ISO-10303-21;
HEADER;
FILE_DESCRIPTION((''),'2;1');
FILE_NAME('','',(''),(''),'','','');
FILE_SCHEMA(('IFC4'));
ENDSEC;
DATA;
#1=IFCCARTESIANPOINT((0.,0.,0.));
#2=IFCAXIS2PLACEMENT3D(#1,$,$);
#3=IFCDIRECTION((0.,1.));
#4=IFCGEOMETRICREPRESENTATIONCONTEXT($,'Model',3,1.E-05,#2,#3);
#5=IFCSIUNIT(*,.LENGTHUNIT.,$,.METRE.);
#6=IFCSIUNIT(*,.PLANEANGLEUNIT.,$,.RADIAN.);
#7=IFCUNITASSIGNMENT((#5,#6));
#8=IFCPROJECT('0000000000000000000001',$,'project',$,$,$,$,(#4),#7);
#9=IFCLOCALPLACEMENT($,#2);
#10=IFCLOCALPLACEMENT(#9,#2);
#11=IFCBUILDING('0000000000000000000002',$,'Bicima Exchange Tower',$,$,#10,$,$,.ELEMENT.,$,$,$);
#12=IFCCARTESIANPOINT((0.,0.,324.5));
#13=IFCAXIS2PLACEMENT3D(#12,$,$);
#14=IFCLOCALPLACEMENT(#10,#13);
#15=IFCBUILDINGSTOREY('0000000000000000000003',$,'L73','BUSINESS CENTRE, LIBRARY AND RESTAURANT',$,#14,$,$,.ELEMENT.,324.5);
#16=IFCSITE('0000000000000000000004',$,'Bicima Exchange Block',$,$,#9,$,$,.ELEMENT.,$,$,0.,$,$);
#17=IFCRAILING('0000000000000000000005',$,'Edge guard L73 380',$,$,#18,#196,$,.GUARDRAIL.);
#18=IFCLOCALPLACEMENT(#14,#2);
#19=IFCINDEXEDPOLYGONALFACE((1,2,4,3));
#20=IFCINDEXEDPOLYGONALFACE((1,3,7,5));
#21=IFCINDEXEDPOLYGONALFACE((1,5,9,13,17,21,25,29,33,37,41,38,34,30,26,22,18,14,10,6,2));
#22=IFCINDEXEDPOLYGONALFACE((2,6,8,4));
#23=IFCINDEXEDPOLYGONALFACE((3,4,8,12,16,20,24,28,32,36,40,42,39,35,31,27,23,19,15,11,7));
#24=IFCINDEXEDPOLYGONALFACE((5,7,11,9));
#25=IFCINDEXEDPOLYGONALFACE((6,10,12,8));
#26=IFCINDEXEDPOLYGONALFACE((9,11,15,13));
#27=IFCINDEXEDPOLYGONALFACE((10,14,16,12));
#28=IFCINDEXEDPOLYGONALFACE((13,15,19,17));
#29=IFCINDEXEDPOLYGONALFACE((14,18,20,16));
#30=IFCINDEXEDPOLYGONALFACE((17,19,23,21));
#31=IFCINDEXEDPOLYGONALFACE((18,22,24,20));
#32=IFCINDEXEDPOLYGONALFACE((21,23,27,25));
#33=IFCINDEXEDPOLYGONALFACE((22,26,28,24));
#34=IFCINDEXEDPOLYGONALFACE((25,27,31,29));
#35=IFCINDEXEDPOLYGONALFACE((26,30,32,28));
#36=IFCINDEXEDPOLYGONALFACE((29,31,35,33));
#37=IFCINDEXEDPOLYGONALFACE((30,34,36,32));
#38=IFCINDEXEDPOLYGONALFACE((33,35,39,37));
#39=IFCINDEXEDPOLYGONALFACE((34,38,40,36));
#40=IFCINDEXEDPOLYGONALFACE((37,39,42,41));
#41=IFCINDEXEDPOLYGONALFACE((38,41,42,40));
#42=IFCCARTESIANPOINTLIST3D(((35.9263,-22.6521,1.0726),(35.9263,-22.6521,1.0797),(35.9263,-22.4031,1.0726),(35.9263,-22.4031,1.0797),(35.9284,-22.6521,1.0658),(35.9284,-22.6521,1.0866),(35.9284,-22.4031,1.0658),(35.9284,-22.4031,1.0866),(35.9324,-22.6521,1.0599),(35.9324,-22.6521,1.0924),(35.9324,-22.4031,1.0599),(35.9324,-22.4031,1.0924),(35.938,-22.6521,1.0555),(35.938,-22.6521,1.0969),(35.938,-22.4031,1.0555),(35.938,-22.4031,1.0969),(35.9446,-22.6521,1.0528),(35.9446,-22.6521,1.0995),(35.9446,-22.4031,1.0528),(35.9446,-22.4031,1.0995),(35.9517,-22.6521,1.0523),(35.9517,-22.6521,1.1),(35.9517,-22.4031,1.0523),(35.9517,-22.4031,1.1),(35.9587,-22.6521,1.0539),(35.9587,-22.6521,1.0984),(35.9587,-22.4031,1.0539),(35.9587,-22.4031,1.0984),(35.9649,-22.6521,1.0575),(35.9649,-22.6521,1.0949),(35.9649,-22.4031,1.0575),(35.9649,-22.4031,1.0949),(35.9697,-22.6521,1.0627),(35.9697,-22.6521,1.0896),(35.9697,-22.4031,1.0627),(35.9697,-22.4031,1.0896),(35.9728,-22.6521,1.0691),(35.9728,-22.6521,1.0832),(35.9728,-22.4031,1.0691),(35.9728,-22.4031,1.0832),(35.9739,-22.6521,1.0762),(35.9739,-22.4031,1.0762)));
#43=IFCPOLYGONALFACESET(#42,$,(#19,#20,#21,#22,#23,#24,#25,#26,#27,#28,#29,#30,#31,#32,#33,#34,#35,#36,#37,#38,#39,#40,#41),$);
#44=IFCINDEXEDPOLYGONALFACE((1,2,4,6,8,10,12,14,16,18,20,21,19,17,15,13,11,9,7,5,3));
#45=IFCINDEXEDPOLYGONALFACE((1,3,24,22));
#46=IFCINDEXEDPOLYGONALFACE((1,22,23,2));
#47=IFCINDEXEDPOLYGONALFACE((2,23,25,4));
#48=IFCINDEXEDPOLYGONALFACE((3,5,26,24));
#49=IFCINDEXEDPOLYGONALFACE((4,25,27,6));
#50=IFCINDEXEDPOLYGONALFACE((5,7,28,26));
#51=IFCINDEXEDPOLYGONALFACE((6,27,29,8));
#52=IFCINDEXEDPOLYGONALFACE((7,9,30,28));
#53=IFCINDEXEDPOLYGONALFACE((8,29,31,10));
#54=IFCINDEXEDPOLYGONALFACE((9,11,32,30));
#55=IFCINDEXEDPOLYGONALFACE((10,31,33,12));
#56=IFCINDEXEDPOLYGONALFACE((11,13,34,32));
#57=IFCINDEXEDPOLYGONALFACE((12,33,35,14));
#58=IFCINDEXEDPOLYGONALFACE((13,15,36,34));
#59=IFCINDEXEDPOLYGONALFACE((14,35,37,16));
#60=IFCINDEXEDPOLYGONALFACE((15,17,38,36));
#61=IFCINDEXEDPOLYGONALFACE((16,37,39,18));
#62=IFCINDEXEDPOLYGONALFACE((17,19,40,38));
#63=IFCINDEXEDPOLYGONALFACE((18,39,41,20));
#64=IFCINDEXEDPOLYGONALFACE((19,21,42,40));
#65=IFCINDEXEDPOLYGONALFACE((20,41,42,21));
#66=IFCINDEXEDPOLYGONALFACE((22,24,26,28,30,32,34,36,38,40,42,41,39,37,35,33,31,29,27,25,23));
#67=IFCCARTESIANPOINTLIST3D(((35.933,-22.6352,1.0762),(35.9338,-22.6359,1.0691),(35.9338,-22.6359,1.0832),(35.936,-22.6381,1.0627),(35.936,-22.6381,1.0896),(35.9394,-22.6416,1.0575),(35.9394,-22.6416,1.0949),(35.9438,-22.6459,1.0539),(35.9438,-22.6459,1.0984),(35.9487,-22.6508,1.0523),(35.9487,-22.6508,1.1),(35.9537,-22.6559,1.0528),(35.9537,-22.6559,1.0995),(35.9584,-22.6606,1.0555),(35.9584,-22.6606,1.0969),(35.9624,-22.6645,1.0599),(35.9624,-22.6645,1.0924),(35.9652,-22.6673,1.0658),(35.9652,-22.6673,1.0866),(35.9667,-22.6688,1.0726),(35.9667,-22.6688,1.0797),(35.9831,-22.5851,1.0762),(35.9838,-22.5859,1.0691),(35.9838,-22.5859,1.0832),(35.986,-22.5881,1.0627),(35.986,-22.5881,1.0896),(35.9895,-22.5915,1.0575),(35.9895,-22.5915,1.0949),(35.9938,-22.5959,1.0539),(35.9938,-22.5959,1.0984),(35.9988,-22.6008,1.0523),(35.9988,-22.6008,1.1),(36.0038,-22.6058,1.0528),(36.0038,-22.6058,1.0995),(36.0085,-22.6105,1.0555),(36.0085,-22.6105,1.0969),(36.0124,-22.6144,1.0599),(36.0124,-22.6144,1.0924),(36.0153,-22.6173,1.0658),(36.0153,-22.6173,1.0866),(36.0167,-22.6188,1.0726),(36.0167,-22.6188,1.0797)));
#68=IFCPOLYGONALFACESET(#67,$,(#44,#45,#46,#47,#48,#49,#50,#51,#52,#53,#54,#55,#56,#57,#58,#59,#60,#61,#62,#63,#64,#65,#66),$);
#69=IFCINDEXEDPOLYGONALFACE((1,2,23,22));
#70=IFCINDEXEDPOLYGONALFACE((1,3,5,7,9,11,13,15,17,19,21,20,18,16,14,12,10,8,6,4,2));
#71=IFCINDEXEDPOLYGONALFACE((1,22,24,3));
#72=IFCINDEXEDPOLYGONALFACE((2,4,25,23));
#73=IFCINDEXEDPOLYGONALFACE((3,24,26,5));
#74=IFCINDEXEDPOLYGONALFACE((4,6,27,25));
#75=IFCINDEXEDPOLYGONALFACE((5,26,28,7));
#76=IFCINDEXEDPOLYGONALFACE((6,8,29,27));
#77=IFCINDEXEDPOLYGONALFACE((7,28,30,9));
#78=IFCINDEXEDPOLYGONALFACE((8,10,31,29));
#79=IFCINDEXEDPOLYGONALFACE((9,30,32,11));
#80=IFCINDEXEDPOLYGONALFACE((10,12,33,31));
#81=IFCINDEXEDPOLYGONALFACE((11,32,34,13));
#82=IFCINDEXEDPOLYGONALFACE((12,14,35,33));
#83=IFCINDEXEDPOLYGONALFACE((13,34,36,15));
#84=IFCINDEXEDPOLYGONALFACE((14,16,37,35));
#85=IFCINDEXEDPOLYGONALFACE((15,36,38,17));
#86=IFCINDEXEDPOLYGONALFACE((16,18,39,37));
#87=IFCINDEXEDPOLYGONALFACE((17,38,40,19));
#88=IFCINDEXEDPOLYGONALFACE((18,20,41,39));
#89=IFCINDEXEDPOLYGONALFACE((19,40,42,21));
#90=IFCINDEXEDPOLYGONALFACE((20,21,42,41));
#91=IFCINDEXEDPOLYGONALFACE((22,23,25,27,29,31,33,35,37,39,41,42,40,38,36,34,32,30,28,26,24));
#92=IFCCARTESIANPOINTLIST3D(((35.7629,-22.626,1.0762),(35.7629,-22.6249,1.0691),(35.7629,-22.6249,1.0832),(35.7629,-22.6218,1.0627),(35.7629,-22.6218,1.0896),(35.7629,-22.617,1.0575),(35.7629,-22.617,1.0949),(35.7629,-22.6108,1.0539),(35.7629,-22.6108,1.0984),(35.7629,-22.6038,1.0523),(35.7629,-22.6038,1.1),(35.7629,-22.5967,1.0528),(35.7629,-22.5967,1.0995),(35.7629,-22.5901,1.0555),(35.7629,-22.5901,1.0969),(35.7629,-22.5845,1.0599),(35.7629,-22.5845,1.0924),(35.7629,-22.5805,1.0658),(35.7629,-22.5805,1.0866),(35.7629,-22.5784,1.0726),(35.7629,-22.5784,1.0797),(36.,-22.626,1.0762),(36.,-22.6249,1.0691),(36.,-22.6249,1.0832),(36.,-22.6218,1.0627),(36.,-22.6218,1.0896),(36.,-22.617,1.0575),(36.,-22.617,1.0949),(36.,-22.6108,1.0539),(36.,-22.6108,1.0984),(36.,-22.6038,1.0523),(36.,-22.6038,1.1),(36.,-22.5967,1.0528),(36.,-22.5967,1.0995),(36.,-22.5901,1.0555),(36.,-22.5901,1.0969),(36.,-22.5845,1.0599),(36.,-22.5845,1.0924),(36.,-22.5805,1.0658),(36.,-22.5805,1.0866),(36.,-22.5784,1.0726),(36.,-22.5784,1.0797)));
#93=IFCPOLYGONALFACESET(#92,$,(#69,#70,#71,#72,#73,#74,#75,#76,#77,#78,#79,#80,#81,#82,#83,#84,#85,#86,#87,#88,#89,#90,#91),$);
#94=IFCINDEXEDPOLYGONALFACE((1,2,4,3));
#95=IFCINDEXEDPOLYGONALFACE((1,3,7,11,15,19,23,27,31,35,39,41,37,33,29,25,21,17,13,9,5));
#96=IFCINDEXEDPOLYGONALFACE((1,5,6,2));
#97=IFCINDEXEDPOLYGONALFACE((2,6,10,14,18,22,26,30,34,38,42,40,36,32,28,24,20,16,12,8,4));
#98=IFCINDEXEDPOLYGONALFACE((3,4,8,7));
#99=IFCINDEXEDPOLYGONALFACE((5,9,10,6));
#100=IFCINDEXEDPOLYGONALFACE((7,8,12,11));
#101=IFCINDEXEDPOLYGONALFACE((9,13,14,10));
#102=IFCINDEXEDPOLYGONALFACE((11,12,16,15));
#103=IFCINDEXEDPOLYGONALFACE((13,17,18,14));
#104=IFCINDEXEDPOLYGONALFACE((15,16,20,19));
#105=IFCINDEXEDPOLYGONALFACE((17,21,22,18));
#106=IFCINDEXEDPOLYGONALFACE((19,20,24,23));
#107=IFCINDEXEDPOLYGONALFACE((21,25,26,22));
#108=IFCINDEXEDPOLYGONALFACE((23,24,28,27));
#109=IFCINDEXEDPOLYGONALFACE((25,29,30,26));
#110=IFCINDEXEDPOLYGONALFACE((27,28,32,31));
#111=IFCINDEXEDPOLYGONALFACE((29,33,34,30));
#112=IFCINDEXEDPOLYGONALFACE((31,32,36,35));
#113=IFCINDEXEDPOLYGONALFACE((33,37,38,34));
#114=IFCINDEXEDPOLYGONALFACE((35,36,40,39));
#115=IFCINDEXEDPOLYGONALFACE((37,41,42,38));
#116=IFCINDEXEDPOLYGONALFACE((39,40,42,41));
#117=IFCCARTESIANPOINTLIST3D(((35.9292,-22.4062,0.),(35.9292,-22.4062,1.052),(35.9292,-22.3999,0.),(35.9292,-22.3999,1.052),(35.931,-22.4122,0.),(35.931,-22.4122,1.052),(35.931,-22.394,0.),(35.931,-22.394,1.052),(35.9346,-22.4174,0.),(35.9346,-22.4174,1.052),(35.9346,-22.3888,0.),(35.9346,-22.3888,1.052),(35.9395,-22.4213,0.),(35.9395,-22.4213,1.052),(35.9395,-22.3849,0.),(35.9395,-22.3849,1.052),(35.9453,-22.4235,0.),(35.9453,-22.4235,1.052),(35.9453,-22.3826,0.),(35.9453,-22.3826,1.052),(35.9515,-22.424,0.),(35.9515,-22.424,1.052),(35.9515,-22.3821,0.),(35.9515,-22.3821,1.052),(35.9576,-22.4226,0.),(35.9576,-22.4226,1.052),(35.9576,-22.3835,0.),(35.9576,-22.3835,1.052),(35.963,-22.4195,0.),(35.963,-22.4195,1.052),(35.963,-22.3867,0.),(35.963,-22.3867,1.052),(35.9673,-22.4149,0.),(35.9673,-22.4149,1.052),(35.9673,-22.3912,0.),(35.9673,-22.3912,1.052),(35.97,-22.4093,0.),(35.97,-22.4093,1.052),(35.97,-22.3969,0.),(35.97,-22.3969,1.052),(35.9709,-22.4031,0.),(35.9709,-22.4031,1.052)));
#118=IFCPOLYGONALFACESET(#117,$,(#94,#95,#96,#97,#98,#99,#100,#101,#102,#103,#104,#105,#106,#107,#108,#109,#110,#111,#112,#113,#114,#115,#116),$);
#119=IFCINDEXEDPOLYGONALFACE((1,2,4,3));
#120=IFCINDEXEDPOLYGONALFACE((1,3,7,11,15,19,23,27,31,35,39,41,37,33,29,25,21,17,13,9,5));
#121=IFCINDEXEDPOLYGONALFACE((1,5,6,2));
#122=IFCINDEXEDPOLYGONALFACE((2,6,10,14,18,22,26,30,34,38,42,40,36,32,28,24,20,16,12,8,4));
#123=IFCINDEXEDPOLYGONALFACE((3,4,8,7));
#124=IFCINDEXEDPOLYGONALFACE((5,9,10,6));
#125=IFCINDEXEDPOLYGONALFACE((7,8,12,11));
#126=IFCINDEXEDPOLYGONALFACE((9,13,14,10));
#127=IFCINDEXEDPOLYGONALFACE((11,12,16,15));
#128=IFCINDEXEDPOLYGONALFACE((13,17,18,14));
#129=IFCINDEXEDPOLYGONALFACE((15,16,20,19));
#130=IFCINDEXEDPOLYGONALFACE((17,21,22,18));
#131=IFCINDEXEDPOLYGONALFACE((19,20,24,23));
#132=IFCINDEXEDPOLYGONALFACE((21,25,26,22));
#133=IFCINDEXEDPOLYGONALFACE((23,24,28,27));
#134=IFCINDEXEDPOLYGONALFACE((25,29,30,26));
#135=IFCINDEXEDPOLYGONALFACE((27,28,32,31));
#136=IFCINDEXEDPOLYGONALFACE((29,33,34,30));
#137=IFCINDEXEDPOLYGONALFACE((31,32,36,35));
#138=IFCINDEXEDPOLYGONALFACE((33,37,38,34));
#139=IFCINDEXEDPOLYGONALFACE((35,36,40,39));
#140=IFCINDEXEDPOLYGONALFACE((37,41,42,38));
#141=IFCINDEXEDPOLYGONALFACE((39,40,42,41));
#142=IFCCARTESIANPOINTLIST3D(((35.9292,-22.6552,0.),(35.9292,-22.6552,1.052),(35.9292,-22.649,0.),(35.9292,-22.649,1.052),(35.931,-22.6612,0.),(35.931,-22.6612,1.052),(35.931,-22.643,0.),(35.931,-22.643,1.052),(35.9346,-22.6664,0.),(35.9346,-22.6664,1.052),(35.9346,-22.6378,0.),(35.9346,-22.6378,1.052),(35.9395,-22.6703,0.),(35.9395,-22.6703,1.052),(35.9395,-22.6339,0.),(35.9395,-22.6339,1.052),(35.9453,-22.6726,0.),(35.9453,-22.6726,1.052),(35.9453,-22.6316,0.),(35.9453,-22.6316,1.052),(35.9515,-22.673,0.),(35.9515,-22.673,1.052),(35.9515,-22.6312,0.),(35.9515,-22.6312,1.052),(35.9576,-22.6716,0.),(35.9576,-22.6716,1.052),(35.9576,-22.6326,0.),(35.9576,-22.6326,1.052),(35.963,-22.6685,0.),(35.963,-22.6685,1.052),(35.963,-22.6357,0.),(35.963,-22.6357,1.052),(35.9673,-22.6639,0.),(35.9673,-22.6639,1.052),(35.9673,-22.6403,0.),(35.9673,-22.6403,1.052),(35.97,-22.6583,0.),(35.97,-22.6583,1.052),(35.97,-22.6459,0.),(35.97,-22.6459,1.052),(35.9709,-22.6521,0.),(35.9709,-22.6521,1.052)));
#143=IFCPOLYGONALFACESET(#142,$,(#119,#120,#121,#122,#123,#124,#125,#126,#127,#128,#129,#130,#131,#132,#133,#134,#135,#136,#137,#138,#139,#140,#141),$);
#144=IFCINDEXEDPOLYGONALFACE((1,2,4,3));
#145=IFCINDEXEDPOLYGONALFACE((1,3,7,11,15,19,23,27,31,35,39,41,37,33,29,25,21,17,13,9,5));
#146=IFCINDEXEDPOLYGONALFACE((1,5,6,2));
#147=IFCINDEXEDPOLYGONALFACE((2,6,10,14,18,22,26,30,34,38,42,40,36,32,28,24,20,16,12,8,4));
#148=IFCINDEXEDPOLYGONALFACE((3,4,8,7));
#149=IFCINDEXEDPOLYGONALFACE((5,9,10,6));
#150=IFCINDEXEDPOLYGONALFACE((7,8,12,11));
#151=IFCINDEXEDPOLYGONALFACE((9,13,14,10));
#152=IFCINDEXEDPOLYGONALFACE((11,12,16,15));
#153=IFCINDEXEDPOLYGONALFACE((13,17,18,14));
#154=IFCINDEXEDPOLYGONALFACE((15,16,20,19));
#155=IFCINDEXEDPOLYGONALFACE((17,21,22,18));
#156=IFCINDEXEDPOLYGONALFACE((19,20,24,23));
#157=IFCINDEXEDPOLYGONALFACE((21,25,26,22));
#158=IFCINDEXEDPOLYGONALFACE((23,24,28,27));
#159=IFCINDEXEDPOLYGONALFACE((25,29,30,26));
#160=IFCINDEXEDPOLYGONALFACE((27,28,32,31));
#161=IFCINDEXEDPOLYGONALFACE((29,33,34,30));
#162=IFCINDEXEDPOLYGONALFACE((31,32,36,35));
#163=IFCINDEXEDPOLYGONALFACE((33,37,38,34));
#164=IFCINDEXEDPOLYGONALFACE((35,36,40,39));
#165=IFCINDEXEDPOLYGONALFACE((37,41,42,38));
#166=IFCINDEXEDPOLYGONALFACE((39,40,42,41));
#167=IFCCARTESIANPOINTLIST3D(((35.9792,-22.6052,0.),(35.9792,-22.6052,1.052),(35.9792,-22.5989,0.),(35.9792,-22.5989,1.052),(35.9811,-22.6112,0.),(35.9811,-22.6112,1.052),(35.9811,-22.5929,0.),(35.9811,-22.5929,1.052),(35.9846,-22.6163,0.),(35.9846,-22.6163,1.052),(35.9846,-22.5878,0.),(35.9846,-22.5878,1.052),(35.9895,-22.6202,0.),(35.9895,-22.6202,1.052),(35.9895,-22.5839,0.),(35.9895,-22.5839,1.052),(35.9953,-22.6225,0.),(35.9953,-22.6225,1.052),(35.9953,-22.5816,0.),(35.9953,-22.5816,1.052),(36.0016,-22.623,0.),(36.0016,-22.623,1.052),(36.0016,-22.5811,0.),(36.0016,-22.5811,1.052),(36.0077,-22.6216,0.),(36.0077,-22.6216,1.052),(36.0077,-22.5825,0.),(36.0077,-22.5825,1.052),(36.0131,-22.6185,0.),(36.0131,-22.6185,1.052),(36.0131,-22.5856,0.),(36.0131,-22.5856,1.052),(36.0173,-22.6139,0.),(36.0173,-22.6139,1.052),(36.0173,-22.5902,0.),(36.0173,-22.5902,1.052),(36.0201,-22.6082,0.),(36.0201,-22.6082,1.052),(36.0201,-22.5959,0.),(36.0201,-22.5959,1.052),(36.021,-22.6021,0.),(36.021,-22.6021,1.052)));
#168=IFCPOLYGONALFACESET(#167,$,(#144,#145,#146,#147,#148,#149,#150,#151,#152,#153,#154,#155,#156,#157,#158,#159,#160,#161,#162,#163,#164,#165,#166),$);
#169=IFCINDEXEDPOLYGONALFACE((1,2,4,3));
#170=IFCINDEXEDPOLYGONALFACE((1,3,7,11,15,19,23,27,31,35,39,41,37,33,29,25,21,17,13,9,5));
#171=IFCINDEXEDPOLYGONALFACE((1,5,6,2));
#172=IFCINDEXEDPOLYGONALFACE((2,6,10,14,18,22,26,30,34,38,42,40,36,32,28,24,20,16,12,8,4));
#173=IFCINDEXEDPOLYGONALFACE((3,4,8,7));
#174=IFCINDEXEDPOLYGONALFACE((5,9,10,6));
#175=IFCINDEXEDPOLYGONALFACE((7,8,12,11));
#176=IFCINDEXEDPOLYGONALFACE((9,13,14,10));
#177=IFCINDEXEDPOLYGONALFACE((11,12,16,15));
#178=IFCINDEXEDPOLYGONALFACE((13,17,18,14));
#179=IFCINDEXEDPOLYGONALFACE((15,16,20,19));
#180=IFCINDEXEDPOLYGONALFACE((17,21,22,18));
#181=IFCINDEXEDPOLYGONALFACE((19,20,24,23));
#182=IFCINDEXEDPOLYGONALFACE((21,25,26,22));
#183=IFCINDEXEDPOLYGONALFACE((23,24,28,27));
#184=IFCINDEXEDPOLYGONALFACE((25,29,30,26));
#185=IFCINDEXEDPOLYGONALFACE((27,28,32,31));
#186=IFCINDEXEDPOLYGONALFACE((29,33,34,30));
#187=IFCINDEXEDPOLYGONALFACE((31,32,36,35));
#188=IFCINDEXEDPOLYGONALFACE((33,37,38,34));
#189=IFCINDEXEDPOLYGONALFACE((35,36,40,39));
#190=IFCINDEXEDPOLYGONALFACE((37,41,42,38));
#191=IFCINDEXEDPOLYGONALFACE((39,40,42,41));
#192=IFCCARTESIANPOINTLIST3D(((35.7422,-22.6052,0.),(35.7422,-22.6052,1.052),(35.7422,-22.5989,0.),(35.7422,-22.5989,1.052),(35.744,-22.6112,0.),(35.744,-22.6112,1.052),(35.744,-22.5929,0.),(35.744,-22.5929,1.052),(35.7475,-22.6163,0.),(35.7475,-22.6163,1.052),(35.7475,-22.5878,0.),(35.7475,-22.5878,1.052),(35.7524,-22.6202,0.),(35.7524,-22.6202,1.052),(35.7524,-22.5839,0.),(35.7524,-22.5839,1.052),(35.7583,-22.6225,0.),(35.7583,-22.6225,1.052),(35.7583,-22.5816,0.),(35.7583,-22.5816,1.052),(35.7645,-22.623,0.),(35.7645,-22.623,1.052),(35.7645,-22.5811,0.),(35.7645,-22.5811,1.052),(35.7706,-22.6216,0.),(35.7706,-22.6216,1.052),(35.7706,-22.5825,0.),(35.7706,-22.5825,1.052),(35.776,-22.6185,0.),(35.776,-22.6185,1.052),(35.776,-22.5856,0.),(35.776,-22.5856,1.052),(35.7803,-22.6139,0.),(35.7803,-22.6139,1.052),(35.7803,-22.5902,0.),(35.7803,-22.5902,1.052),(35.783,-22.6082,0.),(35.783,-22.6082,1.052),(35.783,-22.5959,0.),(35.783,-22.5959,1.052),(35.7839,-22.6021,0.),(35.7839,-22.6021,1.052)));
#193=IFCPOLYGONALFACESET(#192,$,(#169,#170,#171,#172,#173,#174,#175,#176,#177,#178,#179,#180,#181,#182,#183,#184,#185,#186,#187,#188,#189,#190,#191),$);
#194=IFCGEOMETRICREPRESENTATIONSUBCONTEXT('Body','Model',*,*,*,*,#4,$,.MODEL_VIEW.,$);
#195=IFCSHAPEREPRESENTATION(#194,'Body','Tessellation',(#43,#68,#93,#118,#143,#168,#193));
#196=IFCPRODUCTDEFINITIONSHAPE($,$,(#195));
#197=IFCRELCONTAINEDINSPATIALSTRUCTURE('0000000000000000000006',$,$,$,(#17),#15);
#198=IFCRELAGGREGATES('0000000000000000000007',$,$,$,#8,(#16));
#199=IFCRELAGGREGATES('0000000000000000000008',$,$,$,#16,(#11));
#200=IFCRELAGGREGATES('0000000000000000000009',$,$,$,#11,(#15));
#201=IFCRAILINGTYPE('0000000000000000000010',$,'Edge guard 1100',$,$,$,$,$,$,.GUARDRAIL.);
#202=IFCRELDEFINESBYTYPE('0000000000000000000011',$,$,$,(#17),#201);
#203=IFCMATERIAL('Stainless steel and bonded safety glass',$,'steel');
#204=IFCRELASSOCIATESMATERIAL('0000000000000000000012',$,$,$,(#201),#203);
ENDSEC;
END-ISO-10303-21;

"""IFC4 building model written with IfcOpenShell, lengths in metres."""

from ifc_helpers import new_model, si_unit, direction, frame, origin, origin_2d, place, context, subcontext, project, spatial, circle, extrude, material, type_object, element, save


model = new_model("IFC4")

# Units and contexts
model_context = context("Model", 3, precision=1e-05, world=origin(), true_north=direction((0.0, 1.0)))
body_context = subcontext(model_context, "Body", "Model", "MODEL_VIEW")
ifc_project = project(units=[si_unit("LENGTHUNIT", "METRE"), si_unit("PLANEANGLEUNIT", "RADIAN")], contexts=[model_context])

# Site, building, storey
site_placement = place(None, origin())
site = spatial("IfcSite", under=ifc_project, at=site_placement, Name="Bicima Exchange Block", CompositionType="ELEMENT", RefElevation=0.0)
building_placement = place(site_placement, origin())
building = spatial("IfcBuilding", under=site, at=building_placement, Name="Bicima Exchange Tower", CompositionType="ELEMENT")
storey_placement = place(building_placement, frame((0.0, 0.0, 324.5)))
storey = spatial("IfcBuildingStorey", under=building, at=storey_placement, Name="L73", Description="BUSINESS CENTRE, LIBRARY AND RESTAURANT", CompositionType="ELEMENT", Elevation=324.5)

# Railing
ifc_material_1 = material(Name="Stainless steel and bonded safety glass", Category="steel")
railing_type = type_object("IfcRailingType", Name="Edge guard 1100", PredefinedType="GUARDRAIL", material=ifc_material_1)
railing_1_placement = place(storey_placement, frame((35.95, -22.4031, 0.0)))
element("IfcRailing", 1, at=railing_1_placement, inside=storey, type_object=railing_type, Name="Edge guard L73 380", PredefinedType="GUARDRAIL", context=body_context, shape_type="SweptSolid", body=[
    extrude(circle(Radius=0.0239, at=origin_2d()), frame((0.0, 0.0, 1.0762), z_axis=(0.0, -1.0, 0.0), x_axis=(1.0, 0.0, 0.0)), (0.0, 0.0, 1.0), 0.249),
    extrude(circle(Radius=0.0239, at=origin_2d()), frame((0.0, -0.249, 1.0762), z_axis=(0.707107, 0.707107, 0.0), x_axis=(-0.707107, 0.707107, 0.0)), (0.0, 0.0, 1.0), 0.0708),
    extrude(circle(Radius=0.0239, at=origin_2d()), frame((0.05, -0.199, 1.0762), z_axis=(-1.0, 0.0, 0.0), x_axis=(0.0, -1.0, 0.0)), (0.0, 0.0, 1.0), 0.2371),
    extrude(circle(Radius=0.021, at=origin_2d()), origin(), (0.0, 0.0, 1.0), 1.052),
    extrude(circle(Radius=0.021, at=origin_2d()), frame((0.0, -0.249, 0.0)), (0.0, 0.0, 1.0), 1.052),
    extrude(circle(Radius=0.021, at=origin_2d()), frame((0.05, -0.199, 0.0)), (0.0, 0.0, 1.0), 1.052),
    extrude(circle(Radius=0.021, at=origin_2d()), frame((-0.187, -0.199, 0.0)), (0.0, 0.0, 1.0), 1.052),
])

save(model, "model.ifc")
